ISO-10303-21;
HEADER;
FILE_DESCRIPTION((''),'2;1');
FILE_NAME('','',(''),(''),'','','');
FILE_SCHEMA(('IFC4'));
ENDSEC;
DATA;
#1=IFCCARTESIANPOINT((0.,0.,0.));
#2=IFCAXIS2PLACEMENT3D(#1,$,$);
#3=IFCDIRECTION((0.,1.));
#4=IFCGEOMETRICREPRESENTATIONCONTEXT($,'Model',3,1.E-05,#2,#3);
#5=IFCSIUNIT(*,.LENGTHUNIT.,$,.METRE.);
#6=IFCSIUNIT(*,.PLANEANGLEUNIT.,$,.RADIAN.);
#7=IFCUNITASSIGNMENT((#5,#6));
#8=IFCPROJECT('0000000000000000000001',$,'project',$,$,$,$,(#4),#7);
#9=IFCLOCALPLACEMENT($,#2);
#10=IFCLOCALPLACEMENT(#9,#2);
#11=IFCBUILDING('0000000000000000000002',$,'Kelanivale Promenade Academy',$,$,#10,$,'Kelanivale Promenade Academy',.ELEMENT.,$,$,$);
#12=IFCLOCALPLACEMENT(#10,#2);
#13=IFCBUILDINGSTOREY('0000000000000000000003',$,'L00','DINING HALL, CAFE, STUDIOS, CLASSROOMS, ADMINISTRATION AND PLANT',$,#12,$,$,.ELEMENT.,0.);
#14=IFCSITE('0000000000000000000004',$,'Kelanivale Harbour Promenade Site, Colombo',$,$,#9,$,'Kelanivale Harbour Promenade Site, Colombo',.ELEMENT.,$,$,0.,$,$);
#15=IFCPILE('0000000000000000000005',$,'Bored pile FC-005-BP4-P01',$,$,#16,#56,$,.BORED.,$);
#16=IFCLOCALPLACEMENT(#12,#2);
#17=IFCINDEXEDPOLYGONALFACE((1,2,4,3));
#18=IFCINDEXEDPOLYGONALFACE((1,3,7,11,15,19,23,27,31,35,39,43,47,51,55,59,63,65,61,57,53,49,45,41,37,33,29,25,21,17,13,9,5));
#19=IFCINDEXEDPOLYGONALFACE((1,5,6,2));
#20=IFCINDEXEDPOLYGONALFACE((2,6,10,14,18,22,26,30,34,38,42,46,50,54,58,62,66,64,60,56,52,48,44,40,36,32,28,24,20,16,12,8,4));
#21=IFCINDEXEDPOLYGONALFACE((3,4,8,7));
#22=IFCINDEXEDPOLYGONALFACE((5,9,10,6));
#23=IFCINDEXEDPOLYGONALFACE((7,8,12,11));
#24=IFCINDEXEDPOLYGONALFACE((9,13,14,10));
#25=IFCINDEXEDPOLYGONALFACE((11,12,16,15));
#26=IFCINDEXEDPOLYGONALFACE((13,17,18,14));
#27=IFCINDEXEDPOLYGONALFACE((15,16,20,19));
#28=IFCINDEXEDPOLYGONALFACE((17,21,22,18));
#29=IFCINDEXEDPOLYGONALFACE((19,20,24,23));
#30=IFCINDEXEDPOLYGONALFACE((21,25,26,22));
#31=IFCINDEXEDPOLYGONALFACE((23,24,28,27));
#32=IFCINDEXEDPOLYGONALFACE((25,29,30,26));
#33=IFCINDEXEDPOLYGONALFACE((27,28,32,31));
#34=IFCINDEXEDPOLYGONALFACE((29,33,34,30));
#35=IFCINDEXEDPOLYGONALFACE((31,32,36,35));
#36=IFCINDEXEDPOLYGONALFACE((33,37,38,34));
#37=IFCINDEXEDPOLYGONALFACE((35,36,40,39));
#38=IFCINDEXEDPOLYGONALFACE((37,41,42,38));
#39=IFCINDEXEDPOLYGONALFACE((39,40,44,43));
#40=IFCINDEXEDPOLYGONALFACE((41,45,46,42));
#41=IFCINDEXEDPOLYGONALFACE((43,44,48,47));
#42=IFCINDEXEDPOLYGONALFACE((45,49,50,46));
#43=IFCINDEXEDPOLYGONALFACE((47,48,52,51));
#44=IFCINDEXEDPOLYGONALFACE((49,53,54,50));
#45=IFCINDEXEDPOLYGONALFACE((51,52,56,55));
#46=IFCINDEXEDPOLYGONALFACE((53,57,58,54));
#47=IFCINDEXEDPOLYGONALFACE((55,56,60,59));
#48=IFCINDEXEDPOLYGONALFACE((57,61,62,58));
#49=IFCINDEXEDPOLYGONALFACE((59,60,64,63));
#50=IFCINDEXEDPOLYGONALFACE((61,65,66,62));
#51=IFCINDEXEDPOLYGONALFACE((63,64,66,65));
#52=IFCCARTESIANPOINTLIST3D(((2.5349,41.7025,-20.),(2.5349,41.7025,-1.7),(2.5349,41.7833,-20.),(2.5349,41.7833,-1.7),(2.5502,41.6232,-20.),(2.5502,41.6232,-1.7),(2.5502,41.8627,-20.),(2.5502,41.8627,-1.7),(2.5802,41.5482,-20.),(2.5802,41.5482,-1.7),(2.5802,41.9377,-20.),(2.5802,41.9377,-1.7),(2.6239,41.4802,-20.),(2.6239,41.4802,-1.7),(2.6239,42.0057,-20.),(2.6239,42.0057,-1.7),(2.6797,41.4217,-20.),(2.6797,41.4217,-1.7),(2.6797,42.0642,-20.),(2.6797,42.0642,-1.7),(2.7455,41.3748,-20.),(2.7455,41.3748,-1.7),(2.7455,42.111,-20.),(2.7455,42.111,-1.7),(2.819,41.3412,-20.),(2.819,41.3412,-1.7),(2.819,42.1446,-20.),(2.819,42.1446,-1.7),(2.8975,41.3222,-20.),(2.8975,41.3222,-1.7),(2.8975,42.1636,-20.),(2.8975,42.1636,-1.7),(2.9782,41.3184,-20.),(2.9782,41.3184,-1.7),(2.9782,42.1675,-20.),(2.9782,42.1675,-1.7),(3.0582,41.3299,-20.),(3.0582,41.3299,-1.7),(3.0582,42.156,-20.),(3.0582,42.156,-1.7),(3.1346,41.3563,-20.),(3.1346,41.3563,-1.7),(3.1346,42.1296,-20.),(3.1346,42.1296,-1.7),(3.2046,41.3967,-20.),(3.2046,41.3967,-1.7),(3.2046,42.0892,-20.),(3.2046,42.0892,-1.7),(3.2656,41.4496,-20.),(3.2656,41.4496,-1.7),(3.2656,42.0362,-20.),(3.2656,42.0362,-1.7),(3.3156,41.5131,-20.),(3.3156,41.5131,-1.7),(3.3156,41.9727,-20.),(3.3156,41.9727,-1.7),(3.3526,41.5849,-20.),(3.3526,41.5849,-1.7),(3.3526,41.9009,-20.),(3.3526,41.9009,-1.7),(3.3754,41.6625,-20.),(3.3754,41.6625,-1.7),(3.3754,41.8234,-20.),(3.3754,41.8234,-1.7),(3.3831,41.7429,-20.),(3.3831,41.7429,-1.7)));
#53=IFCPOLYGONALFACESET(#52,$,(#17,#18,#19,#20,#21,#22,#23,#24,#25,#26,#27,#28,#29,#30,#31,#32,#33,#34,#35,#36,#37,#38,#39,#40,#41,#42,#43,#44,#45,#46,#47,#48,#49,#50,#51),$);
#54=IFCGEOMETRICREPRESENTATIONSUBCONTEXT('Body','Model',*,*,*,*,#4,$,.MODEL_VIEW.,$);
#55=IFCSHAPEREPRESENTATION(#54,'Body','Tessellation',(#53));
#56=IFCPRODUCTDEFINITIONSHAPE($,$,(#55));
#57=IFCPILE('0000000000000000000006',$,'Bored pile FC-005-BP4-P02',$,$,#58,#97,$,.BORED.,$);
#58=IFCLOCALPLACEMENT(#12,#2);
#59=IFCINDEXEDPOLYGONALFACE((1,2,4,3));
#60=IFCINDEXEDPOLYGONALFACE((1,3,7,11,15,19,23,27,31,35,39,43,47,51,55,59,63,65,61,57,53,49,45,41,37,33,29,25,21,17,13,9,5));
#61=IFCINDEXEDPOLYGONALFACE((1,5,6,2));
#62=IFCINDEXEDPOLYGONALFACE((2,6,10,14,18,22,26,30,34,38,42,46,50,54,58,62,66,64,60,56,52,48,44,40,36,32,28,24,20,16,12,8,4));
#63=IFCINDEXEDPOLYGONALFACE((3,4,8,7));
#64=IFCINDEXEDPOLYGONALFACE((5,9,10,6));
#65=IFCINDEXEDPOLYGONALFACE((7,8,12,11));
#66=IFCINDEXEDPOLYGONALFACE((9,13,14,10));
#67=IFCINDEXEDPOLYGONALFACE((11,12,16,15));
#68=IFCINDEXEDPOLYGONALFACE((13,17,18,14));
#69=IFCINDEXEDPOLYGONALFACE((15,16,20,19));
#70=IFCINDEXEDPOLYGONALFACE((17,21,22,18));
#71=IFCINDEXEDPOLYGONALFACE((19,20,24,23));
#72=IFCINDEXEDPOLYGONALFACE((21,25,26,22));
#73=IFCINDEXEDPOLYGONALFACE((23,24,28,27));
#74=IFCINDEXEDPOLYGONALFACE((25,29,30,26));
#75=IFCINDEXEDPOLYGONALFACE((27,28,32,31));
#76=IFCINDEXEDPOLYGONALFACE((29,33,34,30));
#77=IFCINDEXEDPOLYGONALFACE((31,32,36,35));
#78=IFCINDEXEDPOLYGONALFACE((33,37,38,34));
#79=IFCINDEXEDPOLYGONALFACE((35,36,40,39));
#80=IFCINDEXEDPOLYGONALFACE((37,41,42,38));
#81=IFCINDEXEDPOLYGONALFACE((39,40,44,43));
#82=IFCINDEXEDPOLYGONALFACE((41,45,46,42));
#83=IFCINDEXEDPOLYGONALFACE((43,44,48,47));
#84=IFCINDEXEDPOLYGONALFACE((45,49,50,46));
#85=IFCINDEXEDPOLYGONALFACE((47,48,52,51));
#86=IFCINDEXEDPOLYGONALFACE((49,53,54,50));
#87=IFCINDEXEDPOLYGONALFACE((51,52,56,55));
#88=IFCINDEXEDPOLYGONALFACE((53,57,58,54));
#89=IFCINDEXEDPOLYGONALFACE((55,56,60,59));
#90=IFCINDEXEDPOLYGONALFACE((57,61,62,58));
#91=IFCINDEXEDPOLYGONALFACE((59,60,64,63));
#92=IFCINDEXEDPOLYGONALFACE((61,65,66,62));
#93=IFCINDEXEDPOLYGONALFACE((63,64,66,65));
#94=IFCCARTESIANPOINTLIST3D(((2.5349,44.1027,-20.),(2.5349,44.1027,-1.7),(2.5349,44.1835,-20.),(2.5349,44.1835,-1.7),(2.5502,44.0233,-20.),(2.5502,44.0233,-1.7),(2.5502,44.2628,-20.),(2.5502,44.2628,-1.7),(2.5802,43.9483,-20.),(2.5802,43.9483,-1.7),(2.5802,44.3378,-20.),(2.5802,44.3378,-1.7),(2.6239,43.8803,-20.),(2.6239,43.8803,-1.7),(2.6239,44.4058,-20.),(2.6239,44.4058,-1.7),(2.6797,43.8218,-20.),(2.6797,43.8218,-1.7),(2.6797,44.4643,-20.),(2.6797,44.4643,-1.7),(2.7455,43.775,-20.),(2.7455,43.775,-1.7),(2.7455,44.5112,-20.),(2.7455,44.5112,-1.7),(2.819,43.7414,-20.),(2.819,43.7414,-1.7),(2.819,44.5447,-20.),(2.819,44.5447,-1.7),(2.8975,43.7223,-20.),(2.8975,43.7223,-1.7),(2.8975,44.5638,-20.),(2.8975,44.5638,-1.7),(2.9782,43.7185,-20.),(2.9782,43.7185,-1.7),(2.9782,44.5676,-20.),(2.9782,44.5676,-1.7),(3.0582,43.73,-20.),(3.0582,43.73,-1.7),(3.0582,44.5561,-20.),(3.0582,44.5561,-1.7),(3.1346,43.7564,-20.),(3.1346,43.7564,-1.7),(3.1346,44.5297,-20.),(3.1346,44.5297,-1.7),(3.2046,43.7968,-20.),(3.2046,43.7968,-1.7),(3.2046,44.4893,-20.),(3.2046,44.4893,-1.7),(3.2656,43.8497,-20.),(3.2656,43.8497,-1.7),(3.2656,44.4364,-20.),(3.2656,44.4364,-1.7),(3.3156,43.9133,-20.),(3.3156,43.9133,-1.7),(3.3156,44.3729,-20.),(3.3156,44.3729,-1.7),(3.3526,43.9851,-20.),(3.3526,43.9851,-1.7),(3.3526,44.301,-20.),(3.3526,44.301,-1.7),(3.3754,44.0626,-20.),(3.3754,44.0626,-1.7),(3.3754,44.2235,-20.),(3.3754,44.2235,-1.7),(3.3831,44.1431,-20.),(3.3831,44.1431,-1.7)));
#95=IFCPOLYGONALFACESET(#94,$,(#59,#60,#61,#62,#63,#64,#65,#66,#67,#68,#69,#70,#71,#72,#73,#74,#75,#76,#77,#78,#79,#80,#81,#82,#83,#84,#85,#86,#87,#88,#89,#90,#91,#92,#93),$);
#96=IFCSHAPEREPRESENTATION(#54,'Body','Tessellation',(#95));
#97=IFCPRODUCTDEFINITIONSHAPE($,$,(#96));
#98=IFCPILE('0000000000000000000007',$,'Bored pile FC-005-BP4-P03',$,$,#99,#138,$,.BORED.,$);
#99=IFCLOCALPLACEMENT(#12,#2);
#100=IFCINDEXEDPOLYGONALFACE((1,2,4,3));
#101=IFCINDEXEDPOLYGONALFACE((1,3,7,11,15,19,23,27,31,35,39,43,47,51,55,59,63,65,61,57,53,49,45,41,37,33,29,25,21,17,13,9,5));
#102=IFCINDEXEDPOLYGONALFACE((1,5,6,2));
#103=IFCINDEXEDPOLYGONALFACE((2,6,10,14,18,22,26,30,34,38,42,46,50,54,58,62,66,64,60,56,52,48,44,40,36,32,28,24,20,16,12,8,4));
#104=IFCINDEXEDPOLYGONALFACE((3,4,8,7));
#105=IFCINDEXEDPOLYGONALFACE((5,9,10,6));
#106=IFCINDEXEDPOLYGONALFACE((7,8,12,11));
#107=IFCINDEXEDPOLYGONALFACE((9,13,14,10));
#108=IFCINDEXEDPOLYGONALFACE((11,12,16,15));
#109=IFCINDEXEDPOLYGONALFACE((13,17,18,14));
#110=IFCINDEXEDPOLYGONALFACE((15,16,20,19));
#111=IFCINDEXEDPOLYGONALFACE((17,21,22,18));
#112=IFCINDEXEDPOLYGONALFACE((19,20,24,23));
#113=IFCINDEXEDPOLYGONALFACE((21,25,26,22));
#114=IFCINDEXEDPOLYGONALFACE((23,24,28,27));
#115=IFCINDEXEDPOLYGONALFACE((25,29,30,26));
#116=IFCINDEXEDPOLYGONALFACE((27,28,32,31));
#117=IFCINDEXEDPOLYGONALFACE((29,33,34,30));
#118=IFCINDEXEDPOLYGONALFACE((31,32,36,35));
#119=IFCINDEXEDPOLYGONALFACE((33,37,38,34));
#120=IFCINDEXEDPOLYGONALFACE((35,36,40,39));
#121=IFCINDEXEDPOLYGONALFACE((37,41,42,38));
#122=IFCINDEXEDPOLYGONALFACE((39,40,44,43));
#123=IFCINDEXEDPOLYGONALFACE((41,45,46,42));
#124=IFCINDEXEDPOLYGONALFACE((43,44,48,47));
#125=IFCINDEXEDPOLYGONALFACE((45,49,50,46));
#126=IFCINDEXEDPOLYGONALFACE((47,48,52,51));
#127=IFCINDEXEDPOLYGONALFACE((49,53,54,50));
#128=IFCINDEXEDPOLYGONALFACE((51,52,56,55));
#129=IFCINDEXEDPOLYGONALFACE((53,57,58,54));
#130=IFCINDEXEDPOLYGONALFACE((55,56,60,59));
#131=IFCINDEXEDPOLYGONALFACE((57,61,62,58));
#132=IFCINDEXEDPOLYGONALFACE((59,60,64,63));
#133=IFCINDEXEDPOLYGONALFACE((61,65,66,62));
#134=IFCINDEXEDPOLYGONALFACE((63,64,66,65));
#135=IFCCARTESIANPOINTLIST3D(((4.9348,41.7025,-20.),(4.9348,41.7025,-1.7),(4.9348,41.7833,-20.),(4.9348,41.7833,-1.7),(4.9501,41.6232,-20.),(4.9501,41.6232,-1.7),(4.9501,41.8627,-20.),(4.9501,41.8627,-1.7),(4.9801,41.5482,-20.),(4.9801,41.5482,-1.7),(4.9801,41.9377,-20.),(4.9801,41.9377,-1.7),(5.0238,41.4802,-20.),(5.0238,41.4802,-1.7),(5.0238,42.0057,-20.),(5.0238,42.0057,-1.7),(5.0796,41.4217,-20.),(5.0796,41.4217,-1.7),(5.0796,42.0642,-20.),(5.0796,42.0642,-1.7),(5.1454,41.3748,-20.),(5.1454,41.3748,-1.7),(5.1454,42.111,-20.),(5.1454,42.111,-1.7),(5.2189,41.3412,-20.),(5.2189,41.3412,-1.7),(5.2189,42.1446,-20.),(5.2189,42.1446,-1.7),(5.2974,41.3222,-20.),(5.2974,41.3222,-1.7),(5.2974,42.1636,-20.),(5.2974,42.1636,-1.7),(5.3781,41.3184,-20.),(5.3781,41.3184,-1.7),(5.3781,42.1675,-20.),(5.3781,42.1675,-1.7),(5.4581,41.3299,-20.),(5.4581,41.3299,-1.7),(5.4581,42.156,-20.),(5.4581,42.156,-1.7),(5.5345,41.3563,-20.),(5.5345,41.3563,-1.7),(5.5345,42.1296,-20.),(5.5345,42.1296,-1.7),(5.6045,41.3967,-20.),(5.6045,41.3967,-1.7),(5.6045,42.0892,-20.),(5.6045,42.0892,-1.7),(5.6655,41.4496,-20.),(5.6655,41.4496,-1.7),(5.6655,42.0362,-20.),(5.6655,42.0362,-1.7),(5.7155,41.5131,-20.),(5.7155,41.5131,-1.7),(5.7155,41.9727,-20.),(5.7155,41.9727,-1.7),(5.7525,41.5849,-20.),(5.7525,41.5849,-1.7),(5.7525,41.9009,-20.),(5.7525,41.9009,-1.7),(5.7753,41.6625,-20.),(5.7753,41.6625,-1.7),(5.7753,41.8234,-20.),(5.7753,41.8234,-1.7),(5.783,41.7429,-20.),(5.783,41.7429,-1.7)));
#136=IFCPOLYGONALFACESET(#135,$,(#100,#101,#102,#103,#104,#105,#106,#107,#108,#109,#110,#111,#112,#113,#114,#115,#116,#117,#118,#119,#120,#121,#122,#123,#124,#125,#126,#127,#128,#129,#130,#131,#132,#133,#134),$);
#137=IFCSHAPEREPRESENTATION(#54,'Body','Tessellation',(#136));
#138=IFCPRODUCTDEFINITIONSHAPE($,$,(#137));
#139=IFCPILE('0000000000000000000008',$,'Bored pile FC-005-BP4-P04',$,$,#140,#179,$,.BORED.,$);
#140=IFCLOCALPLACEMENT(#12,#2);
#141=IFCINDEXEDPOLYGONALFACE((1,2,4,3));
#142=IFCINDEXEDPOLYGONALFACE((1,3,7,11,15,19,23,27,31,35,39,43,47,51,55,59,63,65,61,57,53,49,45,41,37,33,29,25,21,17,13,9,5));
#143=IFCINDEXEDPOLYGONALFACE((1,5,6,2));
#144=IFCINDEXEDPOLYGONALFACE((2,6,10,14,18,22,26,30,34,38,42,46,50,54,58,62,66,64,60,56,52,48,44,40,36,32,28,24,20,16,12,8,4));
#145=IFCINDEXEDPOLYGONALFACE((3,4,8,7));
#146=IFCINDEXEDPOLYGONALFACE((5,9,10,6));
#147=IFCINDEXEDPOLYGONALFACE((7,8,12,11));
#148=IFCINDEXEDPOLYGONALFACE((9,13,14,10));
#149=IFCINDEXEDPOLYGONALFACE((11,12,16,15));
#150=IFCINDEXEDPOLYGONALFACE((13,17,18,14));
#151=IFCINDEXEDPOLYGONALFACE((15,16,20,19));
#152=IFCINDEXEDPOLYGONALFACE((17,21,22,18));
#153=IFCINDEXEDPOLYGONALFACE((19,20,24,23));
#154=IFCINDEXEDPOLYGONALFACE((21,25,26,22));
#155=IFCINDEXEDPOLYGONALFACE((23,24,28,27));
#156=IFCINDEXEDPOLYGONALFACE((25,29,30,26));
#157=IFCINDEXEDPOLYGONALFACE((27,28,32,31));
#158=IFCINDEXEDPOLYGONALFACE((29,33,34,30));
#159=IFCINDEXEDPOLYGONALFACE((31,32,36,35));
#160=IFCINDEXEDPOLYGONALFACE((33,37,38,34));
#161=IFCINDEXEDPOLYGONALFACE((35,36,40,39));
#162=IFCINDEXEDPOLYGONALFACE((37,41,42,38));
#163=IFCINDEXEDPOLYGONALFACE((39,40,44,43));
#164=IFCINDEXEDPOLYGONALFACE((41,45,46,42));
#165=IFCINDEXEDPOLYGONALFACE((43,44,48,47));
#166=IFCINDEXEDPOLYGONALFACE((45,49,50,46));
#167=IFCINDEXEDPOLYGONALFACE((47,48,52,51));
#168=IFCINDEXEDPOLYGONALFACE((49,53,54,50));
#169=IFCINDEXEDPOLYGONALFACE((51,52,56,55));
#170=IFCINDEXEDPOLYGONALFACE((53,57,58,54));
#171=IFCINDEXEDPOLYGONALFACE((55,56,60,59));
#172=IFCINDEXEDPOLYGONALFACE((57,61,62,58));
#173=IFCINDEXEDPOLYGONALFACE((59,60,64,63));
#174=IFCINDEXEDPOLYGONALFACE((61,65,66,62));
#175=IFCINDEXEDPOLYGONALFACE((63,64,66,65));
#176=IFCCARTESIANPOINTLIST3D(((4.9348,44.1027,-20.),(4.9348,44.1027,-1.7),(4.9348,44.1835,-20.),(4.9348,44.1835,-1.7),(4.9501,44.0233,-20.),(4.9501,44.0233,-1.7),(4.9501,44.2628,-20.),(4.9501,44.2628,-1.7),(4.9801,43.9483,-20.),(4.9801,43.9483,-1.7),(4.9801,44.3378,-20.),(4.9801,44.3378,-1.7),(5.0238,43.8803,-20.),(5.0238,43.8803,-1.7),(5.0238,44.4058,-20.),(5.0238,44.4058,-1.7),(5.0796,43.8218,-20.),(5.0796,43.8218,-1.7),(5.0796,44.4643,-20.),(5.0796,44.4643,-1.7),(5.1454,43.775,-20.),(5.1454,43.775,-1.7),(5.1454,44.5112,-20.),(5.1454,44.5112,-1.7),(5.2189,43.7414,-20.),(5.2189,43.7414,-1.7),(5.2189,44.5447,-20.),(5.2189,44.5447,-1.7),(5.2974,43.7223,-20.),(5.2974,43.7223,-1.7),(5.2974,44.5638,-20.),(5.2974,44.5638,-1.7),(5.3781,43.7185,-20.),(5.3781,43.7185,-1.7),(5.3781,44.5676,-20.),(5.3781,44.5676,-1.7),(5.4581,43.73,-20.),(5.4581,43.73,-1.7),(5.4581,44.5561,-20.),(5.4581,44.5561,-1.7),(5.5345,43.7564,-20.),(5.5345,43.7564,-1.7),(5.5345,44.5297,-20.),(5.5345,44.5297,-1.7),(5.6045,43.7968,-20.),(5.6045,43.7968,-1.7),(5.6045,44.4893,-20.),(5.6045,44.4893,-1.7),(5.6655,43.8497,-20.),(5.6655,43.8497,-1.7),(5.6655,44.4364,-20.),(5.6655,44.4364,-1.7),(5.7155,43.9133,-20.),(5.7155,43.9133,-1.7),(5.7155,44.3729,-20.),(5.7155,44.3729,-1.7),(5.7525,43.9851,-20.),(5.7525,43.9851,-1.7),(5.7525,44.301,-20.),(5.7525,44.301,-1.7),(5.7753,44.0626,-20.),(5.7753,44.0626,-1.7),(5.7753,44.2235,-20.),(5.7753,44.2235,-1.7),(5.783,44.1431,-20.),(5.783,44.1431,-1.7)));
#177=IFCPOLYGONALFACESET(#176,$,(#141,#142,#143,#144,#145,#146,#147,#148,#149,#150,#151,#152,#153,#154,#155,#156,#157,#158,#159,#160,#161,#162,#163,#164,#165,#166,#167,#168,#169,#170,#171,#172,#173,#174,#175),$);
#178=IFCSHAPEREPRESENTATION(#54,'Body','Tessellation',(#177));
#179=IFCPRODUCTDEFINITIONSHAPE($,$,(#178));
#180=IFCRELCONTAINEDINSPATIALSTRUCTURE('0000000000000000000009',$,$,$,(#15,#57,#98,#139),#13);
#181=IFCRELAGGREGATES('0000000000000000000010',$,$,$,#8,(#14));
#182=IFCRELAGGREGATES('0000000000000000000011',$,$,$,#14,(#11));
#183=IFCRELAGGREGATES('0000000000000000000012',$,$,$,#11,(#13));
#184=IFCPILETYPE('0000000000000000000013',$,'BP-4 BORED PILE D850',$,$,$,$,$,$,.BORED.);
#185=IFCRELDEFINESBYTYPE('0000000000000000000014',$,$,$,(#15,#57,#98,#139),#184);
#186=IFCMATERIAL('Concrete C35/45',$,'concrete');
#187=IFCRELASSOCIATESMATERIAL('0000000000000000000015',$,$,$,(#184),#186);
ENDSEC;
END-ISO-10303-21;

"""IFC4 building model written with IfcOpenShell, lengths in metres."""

from ifc_helpers import new_model, si_unit, direction, frame, origin, origin_2d, place, context, subcontext, project, spatial, circle, extrude, material, material_profile, profile_set, type_object, element, save


model = new_model("IFC4")

# Units and contexts
model_context = context("Model", 3, precision=1e-05, world=origin(), true_north=direction((0.0, 1.0)))
body_context = subcontext(model_context, "Body", "Model", "MODEL_VIEW")
ifc_project = project(units=[si_unit("LENGTHUNIT", "METRE"), si_unit("PLANEANGLEUNIT", "RADIAN")], contexts=[model_context])

# Site, building, storey
site_placement = place(None, origin())
site = spatial("IfcSite", under=ifc_project, at=site_placement, Name="Kelanivale Harbour Promenade Site, Colombo", LongName="Kelanivale Harbour Promenade Site, Colombo", CompositionType="ELEMENT", RefElevation=0.0)
building_placement = place(site_placement, origin())
building = spatial("IfcBuilding", under=site, at=building_placement, Name="Kelanivale Promenade Academy", LongName="Kelanivale Promenade Academy", CompositionType="ELEMENT")
storey_placement = place(building_placement, origin())
storey = spatial("IfcBuildingStorey", under=building, at=storey_placement, Name="L00", Description="DINING HALL, CAFE, STUDIOS, CLASSROOMS, ADMINISTRATION AND PLANT", CompositionType="ELEMENT", Elevation=0.0)

# Piles
ifc_material_1 = material(Name="Concrete C35/45", Category="concrete")
ifc_material_profile_1 = material_profile(ifc_material_1, circle(Radius=0.425, at=origin_2d()), Name="BORED PILE D850")
ifc_profile_set_1 = profile_set([ifc_material_profile_1], Name="Concrete C35/45")
pile_type_1 = type_object("IfcPileType", Name="BP-4 BORED PILE D850", PredefinedType="BORED", material=ifc_profile_set_1)
for number, where, z_axis, x_axis, name in (
    (1, (2.958, 41.7429, -1.7), (0.0, 0.0, -1.0), (1.0, 0.0, 0.0), "Bored pile FC-005-BP4-P01"),
    (2, (2.958, 44.1431, -1.7), (0.0, 0.0, -1.0), (1.0, 0.0, 0.0), "Bored pile FC-005-BP4-P02"),
    (3, (5.3579, 41.7429, -1.7), (0.0, 0.0, -1.0), (1.0, 0.0, 0.0), "Bored pile FC-005-BP4-P03"),
    (4, (5.3579, 44.1431, -1.7), (0.0, 0.0, -1.0), (1.0, 0.0, 0.0), "Bored pile FC-005-BP4-P04"),
):
    element("IfcPile", number, at=place(storey_placement, frame(where, z_axis=z_axis, x_axis=x_axis)), inside=storey, type_object=pile_type_1, Name=name, PredefinedType="BORED", context=body_context, shape_type="SweptSolid", body=[
        extrude(circle(Radius=0.425, at=origin_2d()), origin(), (0.0, 0.0, 1.0), 18.3),
    ])

save(model, "model.ifc")
